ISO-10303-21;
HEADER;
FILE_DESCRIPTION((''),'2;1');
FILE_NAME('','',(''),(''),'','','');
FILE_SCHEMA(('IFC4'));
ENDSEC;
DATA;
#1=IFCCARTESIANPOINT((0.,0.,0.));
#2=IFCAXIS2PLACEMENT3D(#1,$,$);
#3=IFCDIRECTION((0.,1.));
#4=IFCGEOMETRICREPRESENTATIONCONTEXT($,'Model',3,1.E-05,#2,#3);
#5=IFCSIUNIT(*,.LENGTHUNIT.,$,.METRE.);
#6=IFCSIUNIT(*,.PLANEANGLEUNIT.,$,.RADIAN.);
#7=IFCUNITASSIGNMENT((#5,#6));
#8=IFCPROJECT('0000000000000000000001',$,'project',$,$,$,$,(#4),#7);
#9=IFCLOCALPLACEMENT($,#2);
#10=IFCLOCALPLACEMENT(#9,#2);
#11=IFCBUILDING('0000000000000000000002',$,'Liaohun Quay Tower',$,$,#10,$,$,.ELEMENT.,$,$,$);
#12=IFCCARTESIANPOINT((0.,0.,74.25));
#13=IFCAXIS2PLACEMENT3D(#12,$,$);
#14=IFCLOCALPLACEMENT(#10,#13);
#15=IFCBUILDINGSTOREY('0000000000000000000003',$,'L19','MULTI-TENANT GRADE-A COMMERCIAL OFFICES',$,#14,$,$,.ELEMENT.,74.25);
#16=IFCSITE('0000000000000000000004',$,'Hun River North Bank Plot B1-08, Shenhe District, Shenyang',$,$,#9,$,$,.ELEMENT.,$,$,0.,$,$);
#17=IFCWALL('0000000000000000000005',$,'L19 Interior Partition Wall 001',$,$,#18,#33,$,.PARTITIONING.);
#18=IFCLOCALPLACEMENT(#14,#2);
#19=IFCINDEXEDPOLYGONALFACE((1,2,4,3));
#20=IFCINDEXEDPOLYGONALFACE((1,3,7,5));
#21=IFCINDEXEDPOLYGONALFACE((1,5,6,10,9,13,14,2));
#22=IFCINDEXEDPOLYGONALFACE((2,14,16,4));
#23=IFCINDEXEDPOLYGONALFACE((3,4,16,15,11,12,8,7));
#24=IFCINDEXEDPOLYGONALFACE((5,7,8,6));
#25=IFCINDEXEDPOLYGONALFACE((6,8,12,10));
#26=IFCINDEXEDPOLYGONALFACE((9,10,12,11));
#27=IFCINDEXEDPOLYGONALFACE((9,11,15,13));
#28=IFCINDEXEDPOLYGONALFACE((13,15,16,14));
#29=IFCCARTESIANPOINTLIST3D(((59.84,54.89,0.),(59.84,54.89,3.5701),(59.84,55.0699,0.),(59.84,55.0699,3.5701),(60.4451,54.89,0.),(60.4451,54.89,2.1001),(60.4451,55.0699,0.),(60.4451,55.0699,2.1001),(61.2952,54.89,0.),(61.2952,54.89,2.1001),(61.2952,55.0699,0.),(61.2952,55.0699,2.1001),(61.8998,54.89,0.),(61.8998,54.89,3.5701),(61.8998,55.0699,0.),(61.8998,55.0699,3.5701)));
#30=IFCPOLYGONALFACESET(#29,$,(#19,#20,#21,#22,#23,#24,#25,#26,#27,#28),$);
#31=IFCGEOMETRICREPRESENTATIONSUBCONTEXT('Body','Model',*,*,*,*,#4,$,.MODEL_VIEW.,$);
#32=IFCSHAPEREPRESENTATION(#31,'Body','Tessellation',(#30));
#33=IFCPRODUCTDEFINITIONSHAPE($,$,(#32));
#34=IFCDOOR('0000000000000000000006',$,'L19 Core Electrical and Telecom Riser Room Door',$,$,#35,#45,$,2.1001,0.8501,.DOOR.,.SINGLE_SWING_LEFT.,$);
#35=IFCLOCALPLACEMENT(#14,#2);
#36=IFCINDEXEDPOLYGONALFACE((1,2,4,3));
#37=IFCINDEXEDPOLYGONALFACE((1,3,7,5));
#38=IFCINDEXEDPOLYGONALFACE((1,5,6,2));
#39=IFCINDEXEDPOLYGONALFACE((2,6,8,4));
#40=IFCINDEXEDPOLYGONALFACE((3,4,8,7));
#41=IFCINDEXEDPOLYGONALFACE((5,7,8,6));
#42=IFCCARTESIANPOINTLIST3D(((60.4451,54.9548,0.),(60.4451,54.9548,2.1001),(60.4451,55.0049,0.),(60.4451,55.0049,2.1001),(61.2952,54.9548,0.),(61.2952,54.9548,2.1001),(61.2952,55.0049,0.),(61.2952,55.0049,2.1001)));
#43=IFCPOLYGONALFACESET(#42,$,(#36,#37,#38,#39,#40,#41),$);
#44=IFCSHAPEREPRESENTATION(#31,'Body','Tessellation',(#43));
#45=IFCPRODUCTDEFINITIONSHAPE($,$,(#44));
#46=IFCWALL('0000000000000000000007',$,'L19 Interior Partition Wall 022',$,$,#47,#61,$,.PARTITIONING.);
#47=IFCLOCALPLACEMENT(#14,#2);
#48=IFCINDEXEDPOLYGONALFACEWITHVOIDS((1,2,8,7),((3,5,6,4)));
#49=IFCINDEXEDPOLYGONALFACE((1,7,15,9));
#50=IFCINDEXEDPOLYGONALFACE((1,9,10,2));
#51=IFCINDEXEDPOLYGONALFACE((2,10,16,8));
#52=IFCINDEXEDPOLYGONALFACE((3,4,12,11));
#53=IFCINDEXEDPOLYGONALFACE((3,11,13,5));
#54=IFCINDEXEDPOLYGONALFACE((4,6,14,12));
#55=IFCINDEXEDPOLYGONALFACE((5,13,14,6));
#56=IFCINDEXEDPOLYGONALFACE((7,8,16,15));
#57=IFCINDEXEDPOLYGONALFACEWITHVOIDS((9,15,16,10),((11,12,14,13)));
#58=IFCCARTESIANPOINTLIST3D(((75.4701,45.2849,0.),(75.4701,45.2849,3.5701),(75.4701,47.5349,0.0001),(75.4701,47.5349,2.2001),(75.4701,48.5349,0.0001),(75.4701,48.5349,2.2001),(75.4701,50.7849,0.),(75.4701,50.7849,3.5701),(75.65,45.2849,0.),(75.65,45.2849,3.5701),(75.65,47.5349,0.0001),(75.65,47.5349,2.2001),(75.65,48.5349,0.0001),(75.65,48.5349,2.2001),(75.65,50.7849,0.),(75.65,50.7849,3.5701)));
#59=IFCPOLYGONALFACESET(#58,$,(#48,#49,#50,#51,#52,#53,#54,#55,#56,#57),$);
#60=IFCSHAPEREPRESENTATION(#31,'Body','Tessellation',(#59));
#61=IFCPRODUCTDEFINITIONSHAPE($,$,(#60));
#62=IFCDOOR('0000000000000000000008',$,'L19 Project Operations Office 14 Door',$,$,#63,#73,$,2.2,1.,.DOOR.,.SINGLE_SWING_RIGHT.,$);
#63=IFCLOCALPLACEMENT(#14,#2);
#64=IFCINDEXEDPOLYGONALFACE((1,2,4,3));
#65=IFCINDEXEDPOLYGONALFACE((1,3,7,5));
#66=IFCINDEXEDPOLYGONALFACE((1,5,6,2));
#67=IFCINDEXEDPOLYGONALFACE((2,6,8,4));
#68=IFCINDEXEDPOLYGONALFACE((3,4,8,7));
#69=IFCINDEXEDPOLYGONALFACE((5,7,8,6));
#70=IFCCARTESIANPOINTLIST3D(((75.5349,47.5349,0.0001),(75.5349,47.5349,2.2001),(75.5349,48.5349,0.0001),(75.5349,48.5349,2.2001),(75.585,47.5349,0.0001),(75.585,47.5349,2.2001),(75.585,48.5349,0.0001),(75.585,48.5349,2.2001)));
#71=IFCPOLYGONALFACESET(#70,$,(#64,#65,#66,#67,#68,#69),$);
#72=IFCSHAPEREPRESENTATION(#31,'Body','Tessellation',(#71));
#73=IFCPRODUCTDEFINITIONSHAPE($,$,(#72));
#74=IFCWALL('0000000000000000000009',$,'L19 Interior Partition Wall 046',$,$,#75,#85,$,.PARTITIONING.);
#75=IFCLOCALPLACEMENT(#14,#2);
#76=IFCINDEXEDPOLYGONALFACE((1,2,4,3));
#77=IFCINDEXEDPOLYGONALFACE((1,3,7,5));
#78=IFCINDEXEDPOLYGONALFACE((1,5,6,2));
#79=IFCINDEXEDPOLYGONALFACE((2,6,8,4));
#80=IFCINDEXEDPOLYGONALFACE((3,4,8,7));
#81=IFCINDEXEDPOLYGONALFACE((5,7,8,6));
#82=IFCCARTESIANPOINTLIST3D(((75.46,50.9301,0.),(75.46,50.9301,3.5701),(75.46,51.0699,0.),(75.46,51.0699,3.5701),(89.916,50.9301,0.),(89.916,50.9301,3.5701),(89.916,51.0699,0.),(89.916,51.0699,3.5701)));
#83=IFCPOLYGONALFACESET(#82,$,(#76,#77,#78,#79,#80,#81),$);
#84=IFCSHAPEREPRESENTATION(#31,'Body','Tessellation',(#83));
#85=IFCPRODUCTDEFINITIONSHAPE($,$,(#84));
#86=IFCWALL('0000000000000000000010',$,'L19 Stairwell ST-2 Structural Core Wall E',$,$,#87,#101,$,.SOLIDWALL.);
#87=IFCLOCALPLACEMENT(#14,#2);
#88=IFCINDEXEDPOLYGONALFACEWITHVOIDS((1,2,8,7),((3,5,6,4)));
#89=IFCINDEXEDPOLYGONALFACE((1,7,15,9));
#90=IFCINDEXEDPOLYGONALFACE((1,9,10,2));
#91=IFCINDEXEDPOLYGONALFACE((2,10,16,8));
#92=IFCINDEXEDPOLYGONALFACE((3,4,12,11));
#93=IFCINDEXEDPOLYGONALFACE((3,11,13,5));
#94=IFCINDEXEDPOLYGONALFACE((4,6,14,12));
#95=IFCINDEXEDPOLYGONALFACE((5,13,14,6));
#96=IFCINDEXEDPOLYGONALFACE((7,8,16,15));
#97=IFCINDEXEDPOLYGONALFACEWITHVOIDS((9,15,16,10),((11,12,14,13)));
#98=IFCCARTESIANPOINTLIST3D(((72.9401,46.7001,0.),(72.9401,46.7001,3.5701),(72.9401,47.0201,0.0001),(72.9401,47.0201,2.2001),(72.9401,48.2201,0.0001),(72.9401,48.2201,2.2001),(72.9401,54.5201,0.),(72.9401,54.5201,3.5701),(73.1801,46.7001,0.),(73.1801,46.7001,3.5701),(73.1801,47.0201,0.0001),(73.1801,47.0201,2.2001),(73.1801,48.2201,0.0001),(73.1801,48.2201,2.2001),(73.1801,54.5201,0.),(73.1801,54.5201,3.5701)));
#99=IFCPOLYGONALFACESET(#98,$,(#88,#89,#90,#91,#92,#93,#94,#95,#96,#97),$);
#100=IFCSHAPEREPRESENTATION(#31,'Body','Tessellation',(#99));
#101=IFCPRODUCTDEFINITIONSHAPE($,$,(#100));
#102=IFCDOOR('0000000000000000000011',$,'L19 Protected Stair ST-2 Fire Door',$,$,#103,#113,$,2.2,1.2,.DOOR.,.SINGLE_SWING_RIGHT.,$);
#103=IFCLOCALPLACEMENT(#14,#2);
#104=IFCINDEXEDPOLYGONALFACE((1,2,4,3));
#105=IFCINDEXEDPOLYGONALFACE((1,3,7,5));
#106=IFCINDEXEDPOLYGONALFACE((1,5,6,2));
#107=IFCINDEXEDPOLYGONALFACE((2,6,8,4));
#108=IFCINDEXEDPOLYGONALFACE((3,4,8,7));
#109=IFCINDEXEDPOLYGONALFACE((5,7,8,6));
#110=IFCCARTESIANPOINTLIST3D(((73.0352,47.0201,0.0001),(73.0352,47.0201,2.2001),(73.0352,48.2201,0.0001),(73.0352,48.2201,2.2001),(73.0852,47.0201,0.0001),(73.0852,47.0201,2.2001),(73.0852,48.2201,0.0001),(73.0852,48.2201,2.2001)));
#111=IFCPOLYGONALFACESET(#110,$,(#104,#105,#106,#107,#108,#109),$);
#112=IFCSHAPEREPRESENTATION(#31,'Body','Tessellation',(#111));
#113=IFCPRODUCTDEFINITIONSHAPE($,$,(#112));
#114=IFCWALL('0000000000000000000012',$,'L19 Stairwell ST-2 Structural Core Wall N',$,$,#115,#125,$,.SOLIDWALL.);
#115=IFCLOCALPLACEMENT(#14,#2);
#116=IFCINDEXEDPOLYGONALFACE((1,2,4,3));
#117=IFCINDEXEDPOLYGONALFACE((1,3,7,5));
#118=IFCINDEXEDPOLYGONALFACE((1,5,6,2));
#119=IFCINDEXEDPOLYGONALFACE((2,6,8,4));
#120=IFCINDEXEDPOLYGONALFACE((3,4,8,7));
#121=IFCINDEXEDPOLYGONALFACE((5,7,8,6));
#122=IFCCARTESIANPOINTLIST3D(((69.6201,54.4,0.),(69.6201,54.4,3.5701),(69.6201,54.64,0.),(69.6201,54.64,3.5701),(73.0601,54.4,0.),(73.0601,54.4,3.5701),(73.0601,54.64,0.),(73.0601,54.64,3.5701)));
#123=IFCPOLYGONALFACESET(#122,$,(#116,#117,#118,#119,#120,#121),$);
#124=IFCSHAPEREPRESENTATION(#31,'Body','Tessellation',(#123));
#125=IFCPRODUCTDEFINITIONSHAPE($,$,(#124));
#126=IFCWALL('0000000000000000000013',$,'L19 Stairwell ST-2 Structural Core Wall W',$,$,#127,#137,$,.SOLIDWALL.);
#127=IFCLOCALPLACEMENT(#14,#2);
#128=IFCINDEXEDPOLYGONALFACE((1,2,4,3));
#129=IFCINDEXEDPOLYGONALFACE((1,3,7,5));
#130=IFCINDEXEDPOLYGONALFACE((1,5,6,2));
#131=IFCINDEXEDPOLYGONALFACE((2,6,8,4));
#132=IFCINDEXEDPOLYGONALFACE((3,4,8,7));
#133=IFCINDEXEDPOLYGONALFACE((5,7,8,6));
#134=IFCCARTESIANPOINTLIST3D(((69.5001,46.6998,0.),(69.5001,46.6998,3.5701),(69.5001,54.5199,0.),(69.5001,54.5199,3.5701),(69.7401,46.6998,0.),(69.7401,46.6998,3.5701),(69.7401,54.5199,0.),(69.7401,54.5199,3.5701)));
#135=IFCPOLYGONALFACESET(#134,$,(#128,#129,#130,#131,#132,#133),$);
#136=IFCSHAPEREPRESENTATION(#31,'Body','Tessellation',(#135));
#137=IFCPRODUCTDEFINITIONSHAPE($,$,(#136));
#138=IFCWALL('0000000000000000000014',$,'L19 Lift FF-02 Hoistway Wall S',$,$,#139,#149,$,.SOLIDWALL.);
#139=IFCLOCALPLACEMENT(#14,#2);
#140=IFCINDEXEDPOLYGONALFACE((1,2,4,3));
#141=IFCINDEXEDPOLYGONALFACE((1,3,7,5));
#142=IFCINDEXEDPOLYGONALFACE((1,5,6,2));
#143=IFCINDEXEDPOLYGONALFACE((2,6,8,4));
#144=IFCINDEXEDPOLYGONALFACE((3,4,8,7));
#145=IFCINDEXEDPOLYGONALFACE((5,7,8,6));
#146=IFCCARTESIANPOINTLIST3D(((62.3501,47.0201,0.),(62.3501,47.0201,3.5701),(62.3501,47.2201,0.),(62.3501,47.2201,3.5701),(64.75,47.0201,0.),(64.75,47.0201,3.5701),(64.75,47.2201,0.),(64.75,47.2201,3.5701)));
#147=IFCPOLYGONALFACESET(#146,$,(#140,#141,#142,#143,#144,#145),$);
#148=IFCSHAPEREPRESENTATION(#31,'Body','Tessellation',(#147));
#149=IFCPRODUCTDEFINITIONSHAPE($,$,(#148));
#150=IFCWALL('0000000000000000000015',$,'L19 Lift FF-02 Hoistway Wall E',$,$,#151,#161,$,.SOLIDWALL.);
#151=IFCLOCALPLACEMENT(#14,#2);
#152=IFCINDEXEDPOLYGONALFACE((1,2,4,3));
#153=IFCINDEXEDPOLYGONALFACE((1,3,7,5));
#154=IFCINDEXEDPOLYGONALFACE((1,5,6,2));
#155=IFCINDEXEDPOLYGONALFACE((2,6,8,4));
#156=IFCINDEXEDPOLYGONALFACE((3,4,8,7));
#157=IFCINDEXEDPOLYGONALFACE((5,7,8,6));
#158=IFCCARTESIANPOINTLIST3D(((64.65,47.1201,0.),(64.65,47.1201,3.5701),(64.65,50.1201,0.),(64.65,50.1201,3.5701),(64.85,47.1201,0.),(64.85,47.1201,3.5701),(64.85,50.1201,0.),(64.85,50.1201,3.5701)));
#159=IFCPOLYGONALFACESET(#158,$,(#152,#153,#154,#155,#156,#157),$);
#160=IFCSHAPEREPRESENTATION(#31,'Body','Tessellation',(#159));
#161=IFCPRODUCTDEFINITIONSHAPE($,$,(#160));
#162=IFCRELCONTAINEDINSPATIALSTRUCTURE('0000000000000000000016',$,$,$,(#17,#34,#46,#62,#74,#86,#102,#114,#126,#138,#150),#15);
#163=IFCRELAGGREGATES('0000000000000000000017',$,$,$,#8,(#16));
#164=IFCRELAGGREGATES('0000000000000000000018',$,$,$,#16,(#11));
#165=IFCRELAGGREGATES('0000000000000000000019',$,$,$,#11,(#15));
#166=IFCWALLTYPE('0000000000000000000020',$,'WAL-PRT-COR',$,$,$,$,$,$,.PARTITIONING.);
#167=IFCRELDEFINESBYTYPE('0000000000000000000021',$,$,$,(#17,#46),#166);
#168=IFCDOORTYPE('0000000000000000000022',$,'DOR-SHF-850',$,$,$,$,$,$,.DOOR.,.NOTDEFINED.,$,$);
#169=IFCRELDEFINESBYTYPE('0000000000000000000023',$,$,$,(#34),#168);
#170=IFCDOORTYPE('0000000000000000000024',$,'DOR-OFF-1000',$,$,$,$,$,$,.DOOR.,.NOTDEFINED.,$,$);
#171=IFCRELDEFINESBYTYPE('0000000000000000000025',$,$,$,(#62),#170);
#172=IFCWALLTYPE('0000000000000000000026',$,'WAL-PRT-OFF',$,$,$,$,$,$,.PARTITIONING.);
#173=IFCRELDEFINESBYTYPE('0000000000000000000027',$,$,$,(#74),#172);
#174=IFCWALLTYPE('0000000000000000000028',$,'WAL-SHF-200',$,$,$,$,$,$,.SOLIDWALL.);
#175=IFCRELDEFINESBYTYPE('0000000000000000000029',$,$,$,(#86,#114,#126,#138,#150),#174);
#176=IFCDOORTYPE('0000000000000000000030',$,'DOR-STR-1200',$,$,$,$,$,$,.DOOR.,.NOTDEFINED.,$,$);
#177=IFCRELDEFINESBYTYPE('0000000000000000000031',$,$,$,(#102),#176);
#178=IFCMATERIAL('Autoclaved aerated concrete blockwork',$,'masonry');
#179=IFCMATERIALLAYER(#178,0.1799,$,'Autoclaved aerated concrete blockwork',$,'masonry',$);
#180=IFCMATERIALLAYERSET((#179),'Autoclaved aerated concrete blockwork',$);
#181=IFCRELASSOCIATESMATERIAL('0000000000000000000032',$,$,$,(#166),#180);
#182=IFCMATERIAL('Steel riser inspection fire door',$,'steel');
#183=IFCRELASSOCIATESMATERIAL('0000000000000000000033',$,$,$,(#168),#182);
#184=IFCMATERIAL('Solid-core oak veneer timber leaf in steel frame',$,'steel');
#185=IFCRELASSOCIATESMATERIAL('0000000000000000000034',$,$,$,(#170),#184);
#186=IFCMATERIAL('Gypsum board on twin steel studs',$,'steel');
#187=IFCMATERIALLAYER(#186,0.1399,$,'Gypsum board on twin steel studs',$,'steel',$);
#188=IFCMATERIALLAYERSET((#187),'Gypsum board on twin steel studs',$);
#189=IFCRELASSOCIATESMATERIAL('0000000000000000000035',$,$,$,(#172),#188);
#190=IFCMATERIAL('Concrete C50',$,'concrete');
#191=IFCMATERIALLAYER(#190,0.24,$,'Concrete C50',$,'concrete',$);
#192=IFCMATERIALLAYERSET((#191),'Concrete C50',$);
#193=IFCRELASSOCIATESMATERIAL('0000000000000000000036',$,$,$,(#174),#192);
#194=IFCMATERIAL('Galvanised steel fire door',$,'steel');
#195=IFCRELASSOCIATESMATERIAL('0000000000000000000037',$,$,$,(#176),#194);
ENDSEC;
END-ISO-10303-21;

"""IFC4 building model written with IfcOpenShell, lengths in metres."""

from ifc_helpers import new_model, si_unit, direction, frame, frame_2d, origin, place, context, subcontext, project, spatial, rectangle, extrude, source, transform, mapped, material, layer, layer_set, type_object, element, fill, save


model = new_model("IFC4")

# Units and contexts
model_context = context("Model", 3, precision=1e-05, world=origin(), true_north=direction((0.0, 1.0)))
body_context = subcontext(model_context, "Body", "Model", "MODEL_VIEW")
ifc_project = project(units=[si_unit("LENGTHUNIT", "METRE"), si_unit("PLANEANGLEUNIT", "RADIAN")], contexts=[model_context])

# Site, building, storey
site_placement = place(None, origin())
site = spatial("IfcSite", under=ifc_project, at=site_placement, Name="Hun River North Bank Plot B1-08, Shenhe District, Shenyang", CompositionType="ELEMENT", RefElevation=0.0)
building_placement = place(site_placement, origin())
building = spatial("IfcBuilding", under=site, at=building_placement, Name="Liaohun Quay Tower", CompositionType="ELEMENT")
storey_placement = place(building_placement, frame((0.0, 0.0, 74.25)))
storey = spatial("IfcBuildingStorey", under=building, at=storey_placement, Name="L19", Description="MULTI-TENANT GRADE-A COMMERCIAL OFFICES", CompositionType="ELEMENT", Elevation=74.25)

# Walls, openings, doors
ifc_material_1 = material(Name="Autoclaved aerated concrete blockwork", Category="masonry")
ifc_layer_1 = layer(ifc_material_1, 0.1799, Name="Autoclaved aerated concrete blockwork", Category="masonry")
ifc_layer_set_1 = layer_set([ifc_layer_1], Name="Autoclaved aerated concrete blockwork")
wall_type_1 = type_object("IfcWallType", Name="WAL-PRT-COR", PredefinedType="PARTITIONING", material=ifc_layer_set_1)
wall_1_placement = place(storey_placement, frame((59.8401, 54.98, 0.0), z_axis=(0.0, 0.0, 1.0), x_axis=(1.0, 0.0, 0.0)))
wall_1 = element("IfcWall", 1, at=wall_1_placement, inside=storey, type_object=wall_type_1, Name="L19 Interior Partition Wall 001", PredefinedType="PARTITIONING", context=body_context, shape_type="SweptSolid", body=[
    extrude(rectangle(XDim=2.0598, YDim=0.1799, at=frame_2d((1.0298, 0.0))), origin(), (0.0, 0.0, 1.0), 3.5701),
])
shared_shape_1 = source(origin(), body_context, "Body", "SweptSolid", [
    extrude(rectangle(XDim=0.8501, YDim=2.1001, at=frame_2d((0.425, 1.05))), frame((0.0, 0.0999, 0.0), z_axis=(0.0, -1.0, 0.0), x_axis=(1.0, 0.0, 0.0)), (0.0, 0.0, 1.0), 0.2),
])
opening_1_placement = place(wall_1_placement, frame((0.605, 0.0, 0.0)))
opening_1 = element("IfcOpeningElement", 2, at=opening_1_placement, cuts=wall_1, PredefinedType="OPENING", context=body_context, shape_type="MappedRepresentation", body=[
    mapped(shared_shape_1, transform((0.0, 0.0, 0.0), x_axis=(1.0, 0.0, 0.0), y_axis=(0.0, 1.0, 0.0), z_axis=(0.0, 0.0, 1.0), scale=1.0)),
])
ifc_material_2 = material(Name="Steel riser inspection fire door", Category="steel")
door_type_1 = type_object("IfcDoorType", Name="DOR-SHF-850", OperationType="NOTDEFINED", PredefinedType="DOOR", material=ifc_material_2)
shared_shape_2 = source(origin(), body_context, "Body", "SweptSolid", [
    extrude(rectangle(XDim=0.8501, YDim=2.1001, at=frame_2d((0.425, 1.05))), frame((0.0, 0.0249, 0.0), z_axis=(0.0, -1.0, 0.0), x_axis=(1.0, 0.0, 0.0)), (0.0, 0.0, 1.0), 0.05),
])
door_1_placement = place(opening_1_placement, origin())
door_1 = element("IfcDoor", 3, at=door_1_placement, inside=storey, type_object=door_type_1, Name="L19 Core Electrical and Telecom Riser Room Door", OperationType="SINGLE_SWING_LEFT", OverallHeight=2.1001, OverallWidth=0.8501, PredefinedType="DOOR", context=body_context, shape_type="MappedRepresentation", body=[
    mapped(shared_shape_2, transform((0.0, 0.0, 0.0), x_axis=(1.0, 0.0, 0.0), y_axis=(0.0, 1.0, 0.0), z_axis=(0.0, 0.0, 1.0), scale=1.0)),
])
fill(opening_1, door_1)
wall_2_placement = place(storey_placement, frame((75.5601, 50.7849, 0.0), z_axis=(0.0, 0.0, 1.0), x_axis=(0.0, -1.0, 0.0)))
wall_2 = element("IfcWall", 4, at=wall_2_placement, inside=storey, type_object=wall_type_1, Name="L19 Interior Partition Wall 022", PredefinedType="PARTITIONING", context=body_context, shape_type="SweptSolid", body=[
    extrude(rectangle(XDim=5.5, YDim=0.1799, at=frame_2d((2.75, 0.0))), origin(), (0.0, 0.0, 1.0), 3.5701),
])
shared_shape_3 = source(origin(), body_context, "Body", "SweptSolid", [
    extrude(rectangle(XDim=1.0, YDim=2.2, at=frame_2d((0.5, 1.1001))), frame((0.0, 0.0999, 0.0), z_axis=(0.0, -1.0, 0.0), x_axis=(1.0, 0.0, 0.0)), (0.0, 0.0, 1.0), 0.2),
])
opening_2_placement = place(wall_2_placement, frame((2.25, 0.0, 0.0)))
opening_2 = element("IfcOpeningElement", 5, at=opening_2_placement, cuts=wall_2, PredefinedType="OPENING", context=body_context, shape_type="MappedRepresentation", body=[
    mapped(shared_shape_3, transform((0.0, 0.0, 0.0), x_axis=(1.0, 0.0, 0.0), y_axis=(0.0, 1.0, 0.0), z_axis=(0.0, 0.0, 1.0), scale=1.0)),
])
ifc_material_3 = material(Name="Solid-core oak veneer timber leaf in steel frame", Category="steel")
door_type_2 = type_object("IfcDoorType", Name="DOR-OFF-1000", OperationType="NOTDEFINED", PredefinedType="DOOR", material=ifc_material_3)
shared_shape_4 = source(origin(), body_context, "Body", "SweptSolid", [
    extrude(rectangle(XDim=1.0, YDim=2.2, at=frame_2d((0.5, 1.1001))), frame((0.0, 0.0249, 0.0), z_axis=(0.0, -1.0, 0.0), x_axis=(1.0, 0.0, 0.0)), (0.0, 0.0, 1.0), 0.05),
])
door_2_placement = place(opening_2_placement, origin())
door_2 = element("IfcDoor", 6, at=door_2_placement, inside=storey, type_object=door_type_2, Name="L19 Project Operations Office 14 Door", OperationType="SINGLE_SWING_RIGHT", OverallHeight=2.2, OverallWidth=1.0, PredefinedType="DOOR", context=body_context, shape_type="MappedRepresentation", body=[
    mapped(shared_shape_4, transform((0.0, 0.0, 0.0), x_axis=(1.0, 0.0, 0.0), y_axis=(0.0, 1.0, 0.0), z_axis=(0.0, 0.0, 1.0), scale=1.0)),
])
fill(opening_2, door_2)

# Wall
ifc_material_4 = material(Name="Gypsum board on twin steel studs", Category="steel")
ifc_layer_2 = layer(ifc_material_4, 0.1399, Name="Gypsum board on twin steel studs", Category="steel")
ifc_layer_set_2 = layer_set([ifc_layer_2], Name="Gypsum board on twin steel studs")
wall_type_2 = type_object("IfcWallType", Name="WAL-PRT-OFF", PredefinedType="PARTITIONING", material=ifc_layer_set_2)
wall_3_placement = place(storey_placement, frame((75.46, 51.0, 0.0), z_axis=(0.0, 0.0, 1.0), x_axis=(1.0, 0.0, 0.0)))
element("IfcWall", 7, at=wall_3_placement, inside=storey, type_object=wall_type_2, Name="L19 Interior Partition Wall 046", PredefinedType="PARTITIONING", context=body_context, shape_type="SweptSolid", body=[
    extrude(rectangle(XDim=14.4561, YDim=0.1399, at=frame_2d((7.228, 0.0))), origin(), (0.0, 0.0, 1.0), 3.5701),
])

# Wall, opening, door
ifc_material_5 = material(Name="Concrete C50", Category="concrete")
ifc_layer_3 = layer(ifc_material_5, 0.24, Name="Concrete C50", Category="concrete")
ifc_layer_set_3 = layer_set([ifc_layer_3], Name="Concrete C50")
wall_type_3 = type_object("IfcWallType", Name="WAL-SHF-200", PredefinedType="SOLIDWALL", material=ifc_layer_set_3)
wall_4_placement = place(storey_placement, frame((73.0601, 46.7, 0.0), z_axis=(0.0, 0.0, 1.0), x_axis=(0.0, 1.0, 0.0)))
wall_4 = element("IfcWall", 8, at=wall_4_placement, inside=storey, type_object=wall_type_3, Name="L19 Stairwell ST-2 Structural Core Wall E", PredefinedType="SOLIDWALL", context=body_context, shape_type="SweptSolid", body=[
    extrude(rectangle(XDim=7.8201, YDim=0.24, at=frame_2d((3.9102, 0.0))), origin(), (0.0, 0.0, 1.0), 3.5701),
])
shared_shape_5 = source(origin(), body_context, "Body", "SweptSolid", [
    extrude(rectangle(XDim=1.2, YDim=2.2, at=frame_2d((0.6001, 1.1001))), frame((0.0, 0.1299, 0.0), z_axis=(0.0, -1.0, 0.0), x_axis=(1.0, 0.0, 0.0)), (0.0, 0.0, 1.0), 0.26),
])
opening_3_placement = place(wall_4_placement, frame((0.3201, 0.0, 0.0)))
opening_3 = element("IfcOpeningElement", 9, at=opening_3_placement, cuts=wall_4, PredefinedType="OPENING", context=body_context, shape_type="MappedRepresentation", body=[
    mapped(shared_shape_5, transform((0.0, 0.0, 0.0), x_axis=(1.0, 0.0, 0.0), y_axis=(0.0, 1.0, 0.0), z_axis=(0.0, 0.0, 1.0), scale=1.0)),
])
ifc_material_6 = material(Name="Galvanised steel fire door", Category="steel")
door_type_3 = type_object("IfcDoorType", Name="DOR-STR-1200", OperationType="NOTDEFINED", PredefinedType="DOOR", material=ifc_material_6)
shared_shape_6 = source(origin(), body_context, "Body", "SweptSolid", [
    extrude(rectangle(XDim=1.2, YDim=2.2, at=frame_2d((0.6001, 1.1001))), frame((0.0, 0.0249, 0.0), z_axis=(0.0, -1.0, 0.0), x_axis=(1.0, 0.0, 0.0)), (0.0, 0.0, 1.0), 0.05),
])
door_3_placement = place(opening_3_placement, origin())
door_3 = element("IfcDoor", 10, at=door_3_placement, inside=storey, type_object=door_type_3, Name="L19 Protected Stair ST-2 Fire Door", OperationType="SINGLE_SWING_RIGHT", OverallHeight=2.2, OverallWidth=1.2, PredefinedType="DOOR", context=body_context, shape_type="MappedRepresentation", body=[
    mapped(shared_shape_6, transform((0.0, 0.0, 0.0), x_axis=(1.0, 0.0, 0.0), y_axis=(0.0, 1.0, 0.0), z_axis=(0.0, 0.0, 1.0), scale=1.0)),
])
fill(opening_3, door_3)

# Walls
wall_5_placement = place(storey_placement, frame((73.0601, 54.52, 0.0), z_axis=(0.0, 0.0, 1.0), x_axis=(-1.0, 0.0, 0.0)))
element("IfcWall", 11, at=wall_5_placement, inside=storey, type_object=wall_type_3, Name="L19 Stairwell ST-2 Structural Core Wall N", PredefinedType="SOLIDWALL", context=body_context, shape_type="SweptSolid", body=[
    extrude(rectangle(XDim=3.4399, YDim=0.24, at=frame_2d((1.72, 0.0))), origin(), (0.0, 0.0, 1.0), 3.5701),
])
wall_6_placement = place(storey_placement, frame((69.6201, 54.52, 0.0), z_axis=(0.0, 0.0, 1.0), x_axis=(0.0, -1.0, 0.0)))
element("IfcWall", 12, at=wall_6_placement, inside=storey, type_object=wall_type_3, Name="L19 Stairwell ST-2 Structural Core Wall W", PredefinedType="SOLIDWALL", context=body_context, shape_type="SweptSolid", body=[
    extrude(rectangle(XDim=7.8201, YDim=0.24, at=frame_2d((3.9102, 0.0))), origin(), (0.0, 0.0, 1.0), 3.5701),
])
wall_7_placement = place(storey_placement, frame((62.3501, 47.1201, 0.0), z_axis=(0.0, 0.0, 1.0), x_axis=(1.0, 0.0, 0.0)))
element("IfcWall", 13, at=wall_7_placement, inside=storey, type_object=wall_type_3, Name="L19 Lift FF-02 Hoistway Wall S", PredefinedType="SOLIDWALL", context=body_context, shape_type="SweptSolid", body=[
    extrude(rectangle(XDim=2.3999, YDim=0.2, at=frame_2d((1.2, 0.0))), origin(), (0.0, 0.0, 1.0), 3.5701),
])
wall_8_placement = place(storey_placement, frame((64.75, 47.1201, 0.0), z_axis=(0.0, 0.0, 1.0), x_axis=(0.0, 1.0, 0.0)))
element("IfcWall", 14, at=wall_8_placement, inside=storey, type_object=wall_type_3, Name="L19 Lift FF-02 Hoistway Wall E", PredefinedType="SOLIDWALL", context=body_context, shape_type="SweptSolid", body=[
    extrude(rectangle(XDim=3.0, YDim=0.2, at=frame_2d((1.5, 0.0))), origin(), (0.0, 0.0, 1.0), 3.5701),
])

save(model, "model.ifc")
